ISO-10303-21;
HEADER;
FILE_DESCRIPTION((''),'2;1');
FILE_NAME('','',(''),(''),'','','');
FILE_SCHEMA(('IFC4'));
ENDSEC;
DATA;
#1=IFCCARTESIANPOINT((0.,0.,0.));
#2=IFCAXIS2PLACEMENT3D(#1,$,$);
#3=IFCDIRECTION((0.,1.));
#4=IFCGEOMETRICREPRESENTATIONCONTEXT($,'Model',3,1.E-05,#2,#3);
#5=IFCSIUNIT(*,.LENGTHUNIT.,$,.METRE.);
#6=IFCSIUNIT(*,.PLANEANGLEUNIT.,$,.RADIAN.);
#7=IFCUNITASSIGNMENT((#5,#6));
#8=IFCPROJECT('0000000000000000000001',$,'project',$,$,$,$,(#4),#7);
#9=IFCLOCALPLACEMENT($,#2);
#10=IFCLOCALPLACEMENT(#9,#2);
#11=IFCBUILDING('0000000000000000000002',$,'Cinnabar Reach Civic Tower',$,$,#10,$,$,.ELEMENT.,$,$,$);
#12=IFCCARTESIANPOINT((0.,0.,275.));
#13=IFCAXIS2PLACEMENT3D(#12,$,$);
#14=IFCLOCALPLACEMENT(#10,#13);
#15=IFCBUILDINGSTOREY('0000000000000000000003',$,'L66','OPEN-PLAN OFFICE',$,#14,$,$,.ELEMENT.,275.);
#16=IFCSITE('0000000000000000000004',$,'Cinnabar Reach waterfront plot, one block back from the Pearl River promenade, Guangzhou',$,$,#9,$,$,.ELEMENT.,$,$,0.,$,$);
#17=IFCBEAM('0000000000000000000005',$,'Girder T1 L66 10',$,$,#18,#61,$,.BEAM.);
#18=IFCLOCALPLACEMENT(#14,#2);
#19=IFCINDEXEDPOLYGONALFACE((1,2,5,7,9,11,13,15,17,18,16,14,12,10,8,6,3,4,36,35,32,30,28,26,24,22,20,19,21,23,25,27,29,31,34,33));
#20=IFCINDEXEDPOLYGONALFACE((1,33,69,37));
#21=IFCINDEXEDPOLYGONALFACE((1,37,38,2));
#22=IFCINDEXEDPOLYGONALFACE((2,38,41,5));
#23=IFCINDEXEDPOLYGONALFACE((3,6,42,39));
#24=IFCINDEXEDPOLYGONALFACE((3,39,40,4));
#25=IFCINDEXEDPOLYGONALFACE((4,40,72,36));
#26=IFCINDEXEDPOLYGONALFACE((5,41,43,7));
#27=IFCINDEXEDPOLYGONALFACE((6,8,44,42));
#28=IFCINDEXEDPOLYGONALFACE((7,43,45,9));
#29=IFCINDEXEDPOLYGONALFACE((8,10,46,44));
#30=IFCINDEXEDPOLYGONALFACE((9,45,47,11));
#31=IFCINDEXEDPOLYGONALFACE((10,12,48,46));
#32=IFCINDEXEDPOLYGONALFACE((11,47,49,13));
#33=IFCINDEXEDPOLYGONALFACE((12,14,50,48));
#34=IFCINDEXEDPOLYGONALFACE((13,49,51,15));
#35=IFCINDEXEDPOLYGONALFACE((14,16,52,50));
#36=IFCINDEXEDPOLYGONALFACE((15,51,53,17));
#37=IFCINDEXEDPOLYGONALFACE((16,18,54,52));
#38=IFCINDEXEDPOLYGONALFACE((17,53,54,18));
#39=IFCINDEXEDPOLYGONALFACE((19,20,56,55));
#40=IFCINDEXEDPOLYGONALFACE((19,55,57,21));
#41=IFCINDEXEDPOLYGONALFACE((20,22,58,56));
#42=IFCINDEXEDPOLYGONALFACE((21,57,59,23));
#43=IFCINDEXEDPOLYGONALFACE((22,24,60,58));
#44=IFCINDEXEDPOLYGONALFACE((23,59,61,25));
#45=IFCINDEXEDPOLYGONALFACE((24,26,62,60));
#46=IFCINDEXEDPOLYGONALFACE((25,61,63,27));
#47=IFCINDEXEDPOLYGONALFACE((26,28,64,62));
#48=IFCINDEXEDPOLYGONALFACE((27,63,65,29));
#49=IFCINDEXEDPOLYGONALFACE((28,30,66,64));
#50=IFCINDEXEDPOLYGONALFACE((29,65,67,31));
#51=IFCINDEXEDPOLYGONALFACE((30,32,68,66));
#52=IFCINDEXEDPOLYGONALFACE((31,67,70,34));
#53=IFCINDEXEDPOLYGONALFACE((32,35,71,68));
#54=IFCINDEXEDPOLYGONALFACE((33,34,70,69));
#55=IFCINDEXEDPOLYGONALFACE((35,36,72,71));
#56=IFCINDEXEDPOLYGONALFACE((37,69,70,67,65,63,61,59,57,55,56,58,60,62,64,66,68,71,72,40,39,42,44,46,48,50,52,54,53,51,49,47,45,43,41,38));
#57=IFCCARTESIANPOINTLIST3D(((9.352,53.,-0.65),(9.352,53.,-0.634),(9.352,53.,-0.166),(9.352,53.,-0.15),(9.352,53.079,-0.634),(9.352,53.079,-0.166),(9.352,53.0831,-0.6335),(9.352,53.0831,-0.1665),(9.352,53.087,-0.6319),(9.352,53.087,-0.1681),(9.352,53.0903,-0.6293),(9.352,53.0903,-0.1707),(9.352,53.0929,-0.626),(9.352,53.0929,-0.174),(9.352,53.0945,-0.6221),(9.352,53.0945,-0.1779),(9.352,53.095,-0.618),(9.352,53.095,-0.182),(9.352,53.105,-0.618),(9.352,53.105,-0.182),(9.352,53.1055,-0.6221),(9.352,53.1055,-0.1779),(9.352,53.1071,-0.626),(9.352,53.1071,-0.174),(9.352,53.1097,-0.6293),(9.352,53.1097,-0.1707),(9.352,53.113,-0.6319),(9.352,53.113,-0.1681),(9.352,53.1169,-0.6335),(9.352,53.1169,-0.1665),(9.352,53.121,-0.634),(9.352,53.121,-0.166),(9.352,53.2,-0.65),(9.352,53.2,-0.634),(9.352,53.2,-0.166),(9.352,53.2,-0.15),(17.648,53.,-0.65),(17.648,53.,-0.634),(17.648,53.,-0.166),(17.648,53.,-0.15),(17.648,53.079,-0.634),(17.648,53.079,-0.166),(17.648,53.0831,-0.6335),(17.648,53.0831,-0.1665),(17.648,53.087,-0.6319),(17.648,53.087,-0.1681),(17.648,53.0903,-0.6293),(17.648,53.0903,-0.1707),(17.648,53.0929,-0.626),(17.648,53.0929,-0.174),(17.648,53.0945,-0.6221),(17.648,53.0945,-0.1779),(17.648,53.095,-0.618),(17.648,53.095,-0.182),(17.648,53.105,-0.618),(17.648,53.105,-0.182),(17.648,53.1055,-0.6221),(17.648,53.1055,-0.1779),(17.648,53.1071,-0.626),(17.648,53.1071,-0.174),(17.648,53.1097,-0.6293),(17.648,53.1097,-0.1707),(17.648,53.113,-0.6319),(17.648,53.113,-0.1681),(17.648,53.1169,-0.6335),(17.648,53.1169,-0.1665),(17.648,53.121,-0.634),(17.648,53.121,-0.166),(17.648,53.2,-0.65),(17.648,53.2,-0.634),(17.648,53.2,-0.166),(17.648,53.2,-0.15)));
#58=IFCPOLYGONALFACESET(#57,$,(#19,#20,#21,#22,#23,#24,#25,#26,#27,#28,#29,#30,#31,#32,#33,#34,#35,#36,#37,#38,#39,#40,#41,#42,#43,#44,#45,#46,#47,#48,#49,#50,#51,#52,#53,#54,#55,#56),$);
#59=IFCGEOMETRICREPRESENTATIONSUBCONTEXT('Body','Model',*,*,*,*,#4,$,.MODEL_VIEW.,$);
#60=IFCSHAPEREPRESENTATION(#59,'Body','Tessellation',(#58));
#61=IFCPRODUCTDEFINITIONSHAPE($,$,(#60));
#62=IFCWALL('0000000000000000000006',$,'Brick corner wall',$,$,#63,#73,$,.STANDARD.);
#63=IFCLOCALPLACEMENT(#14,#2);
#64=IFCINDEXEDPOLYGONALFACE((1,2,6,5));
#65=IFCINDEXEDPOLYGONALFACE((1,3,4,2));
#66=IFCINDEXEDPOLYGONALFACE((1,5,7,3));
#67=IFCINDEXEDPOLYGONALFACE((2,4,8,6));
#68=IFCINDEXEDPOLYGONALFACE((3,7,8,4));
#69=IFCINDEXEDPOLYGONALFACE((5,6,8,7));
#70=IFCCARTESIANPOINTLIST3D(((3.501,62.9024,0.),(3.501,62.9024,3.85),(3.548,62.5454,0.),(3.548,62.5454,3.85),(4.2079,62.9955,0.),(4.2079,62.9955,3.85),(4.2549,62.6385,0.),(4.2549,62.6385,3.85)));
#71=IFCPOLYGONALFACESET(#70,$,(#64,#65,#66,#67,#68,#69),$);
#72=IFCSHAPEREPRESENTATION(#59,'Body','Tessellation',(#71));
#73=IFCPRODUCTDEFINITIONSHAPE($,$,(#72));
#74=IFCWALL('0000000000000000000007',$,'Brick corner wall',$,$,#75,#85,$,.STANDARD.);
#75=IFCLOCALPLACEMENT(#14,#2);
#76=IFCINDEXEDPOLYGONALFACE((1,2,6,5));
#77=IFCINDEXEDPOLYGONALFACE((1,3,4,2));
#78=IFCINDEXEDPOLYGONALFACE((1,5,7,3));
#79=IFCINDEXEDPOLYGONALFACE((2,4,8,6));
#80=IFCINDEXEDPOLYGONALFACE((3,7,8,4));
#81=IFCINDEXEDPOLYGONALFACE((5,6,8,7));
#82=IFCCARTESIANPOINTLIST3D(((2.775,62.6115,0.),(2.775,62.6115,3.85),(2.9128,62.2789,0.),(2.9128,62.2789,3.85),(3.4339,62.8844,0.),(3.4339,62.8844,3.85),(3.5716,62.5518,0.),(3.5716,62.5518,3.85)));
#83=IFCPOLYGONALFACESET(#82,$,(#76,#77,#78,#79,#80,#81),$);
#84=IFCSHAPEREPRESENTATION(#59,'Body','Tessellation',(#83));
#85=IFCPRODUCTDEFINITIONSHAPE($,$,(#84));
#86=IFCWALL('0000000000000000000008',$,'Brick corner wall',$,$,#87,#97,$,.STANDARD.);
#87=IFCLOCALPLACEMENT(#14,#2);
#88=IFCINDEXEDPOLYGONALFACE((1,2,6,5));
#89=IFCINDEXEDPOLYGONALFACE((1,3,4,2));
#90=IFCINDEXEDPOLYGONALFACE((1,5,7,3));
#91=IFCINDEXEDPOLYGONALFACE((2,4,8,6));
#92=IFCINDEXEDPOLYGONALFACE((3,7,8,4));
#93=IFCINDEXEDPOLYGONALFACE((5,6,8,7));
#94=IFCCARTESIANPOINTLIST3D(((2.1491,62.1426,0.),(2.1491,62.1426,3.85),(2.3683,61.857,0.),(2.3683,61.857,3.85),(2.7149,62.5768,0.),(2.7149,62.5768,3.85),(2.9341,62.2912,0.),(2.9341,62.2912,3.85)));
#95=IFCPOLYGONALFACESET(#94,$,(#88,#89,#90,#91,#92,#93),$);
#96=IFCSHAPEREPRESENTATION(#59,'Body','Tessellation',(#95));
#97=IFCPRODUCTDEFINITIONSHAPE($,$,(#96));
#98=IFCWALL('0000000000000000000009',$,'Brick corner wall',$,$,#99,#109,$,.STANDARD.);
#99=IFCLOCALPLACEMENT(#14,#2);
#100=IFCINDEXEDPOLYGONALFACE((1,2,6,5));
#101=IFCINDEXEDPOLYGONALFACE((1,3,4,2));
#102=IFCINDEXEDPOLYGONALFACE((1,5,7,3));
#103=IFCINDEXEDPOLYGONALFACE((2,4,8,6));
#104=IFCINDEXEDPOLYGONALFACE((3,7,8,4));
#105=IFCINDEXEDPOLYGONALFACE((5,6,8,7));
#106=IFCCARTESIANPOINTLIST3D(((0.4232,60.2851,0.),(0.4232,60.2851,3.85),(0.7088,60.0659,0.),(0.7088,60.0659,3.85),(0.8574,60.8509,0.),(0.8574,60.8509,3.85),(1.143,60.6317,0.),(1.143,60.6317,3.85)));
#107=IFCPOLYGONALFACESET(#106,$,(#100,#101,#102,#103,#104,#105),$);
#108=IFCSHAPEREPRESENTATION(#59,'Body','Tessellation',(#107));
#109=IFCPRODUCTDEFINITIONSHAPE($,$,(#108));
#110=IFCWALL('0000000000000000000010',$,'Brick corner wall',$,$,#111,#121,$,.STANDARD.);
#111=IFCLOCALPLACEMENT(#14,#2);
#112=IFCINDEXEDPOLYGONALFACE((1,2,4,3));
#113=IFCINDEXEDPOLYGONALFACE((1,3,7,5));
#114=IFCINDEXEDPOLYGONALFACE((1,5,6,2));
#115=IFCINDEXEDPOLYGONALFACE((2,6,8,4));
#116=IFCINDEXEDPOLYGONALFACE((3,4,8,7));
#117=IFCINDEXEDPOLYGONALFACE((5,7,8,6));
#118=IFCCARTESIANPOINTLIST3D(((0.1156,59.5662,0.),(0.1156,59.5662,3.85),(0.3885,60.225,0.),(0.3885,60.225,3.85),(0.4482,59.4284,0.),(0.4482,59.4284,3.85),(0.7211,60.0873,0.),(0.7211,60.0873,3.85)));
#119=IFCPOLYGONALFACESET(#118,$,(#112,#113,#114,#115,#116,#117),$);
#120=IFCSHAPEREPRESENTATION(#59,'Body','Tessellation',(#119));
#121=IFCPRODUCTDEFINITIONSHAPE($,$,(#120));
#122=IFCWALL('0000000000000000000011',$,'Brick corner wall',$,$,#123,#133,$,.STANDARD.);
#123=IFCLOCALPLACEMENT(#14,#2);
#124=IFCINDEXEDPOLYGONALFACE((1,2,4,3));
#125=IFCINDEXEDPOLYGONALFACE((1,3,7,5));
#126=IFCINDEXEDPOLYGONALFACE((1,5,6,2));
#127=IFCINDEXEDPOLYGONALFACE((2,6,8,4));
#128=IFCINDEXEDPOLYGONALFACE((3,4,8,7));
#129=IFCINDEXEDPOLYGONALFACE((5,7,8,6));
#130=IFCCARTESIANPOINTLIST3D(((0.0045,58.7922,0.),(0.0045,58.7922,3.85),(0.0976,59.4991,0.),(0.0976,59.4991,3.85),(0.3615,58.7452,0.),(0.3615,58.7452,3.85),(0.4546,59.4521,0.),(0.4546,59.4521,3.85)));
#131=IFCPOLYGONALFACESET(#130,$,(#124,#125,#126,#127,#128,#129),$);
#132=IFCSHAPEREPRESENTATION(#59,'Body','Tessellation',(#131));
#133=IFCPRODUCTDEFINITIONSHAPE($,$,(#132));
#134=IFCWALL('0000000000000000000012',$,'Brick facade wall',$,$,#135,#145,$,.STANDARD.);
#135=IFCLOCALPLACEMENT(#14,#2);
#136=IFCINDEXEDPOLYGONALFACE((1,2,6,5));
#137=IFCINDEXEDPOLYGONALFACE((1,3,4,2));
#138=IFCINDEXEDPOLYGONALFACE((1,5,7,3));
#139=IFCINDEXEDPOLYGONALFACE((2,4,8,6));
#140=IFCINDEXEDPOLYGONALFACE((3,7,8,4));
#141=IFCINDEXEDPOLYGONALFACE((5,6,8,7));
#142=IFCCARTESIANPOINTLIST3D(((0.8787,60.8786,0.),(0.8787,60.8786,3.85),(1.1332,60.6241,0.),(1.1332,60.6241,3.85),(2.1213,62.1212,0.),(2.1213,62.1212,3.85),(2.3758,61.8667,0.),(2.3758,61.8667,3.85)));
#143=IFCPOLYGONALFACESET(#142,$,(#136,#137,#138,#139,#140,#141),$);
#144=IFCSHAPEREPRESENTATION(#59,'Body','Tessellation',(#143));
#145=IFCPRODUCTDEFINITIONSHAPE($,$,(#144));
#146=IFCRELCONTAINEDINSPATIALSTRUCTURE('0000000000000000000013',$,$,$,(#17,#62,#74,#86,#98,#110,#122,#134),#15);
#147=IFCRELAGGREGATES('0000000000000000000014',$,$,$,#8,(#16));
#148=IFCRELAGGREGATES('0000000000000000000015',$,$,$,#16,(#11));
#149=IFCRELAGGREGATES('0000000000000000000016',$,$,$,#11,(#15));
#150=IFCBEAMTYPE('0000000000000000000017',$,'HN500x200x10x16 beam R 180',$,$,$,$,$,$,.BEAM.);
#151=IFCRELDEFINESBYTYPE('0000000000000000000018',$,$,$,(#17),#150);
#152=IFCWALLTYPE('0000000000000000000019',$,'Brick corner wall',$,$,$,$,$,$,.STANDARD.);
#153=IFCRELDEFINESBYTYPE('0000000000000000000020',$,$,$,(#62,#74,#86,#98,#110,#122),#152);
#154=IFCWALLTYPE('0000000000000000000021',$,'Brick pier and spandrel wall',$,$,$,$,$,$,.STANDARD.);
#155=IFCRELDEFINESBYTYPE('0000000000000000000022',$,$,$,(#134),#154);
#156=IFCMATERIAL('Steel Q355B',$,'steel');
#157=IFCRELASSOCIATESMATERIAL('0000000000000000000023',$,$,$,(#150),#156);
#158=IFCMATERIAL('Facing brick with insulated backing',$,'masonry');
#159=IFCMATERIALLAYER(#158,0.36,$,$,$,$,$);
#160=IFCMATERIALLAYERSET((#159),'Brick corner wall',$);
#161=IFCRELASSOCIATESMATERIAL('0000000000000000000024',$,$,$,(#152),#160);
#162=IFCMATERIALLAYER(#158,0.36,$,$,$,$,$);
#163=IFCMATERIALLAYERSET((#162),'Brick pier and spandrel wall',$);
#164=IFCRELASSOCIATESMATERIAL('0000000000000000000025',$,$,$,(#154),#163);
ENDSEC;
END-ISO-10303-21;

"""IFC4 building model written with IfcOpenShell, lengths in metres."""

from ifc_helpers import new_model, si_unit, direction, frame, frame_2d, origin, origin_2d, place, context, subcontext, project, spatial, rectangle, i_section, extrude, material, layer, layer_set, material_profile, profile_set, type_object, element, save


model = new_model("IFC4")

# Units and contexts
model_context = context("Model", 3, precision=1e-05, world=origin(), true_north=direction((0.0, 1.0)))
body_context = subcontext(model_context, "Body", "Model", "MODEL_VIEW")
ifc_project = project(units=[si_unit("LENGTHUNIT", "METRE"), si_unit("PLANEANGLEUNIT", "RADIAN")], contexts=[model_context])

# Site, building, storey
site_placement = place(None, origin())
site = spatial("IfcSite", under=ifc_project, at=site_placement, Name="Cinnabar Reach waterfront plot, one block back from the Pearl River promenade, Guangzhou", CompositionType="ELEMENT", RefElevation=0.0)
building_placement = place(site_placement, origin())
building = spatial("IfcBuilding", under=site, at=building_placement, Name="Cinnabar Reach Civic Tower", CompositionType="ELEMENT")
storey_placement = place(building_placement, frame((0.0, 0.0, 275.0)))
storey = spatial("IfcBuildingStorey", under=building, at=storey_placement, Name="L66", Description="OPEN-PLAN OFFICE", CompositionType="ELEMENT", Elevation=275.0)

# Beam
ifc_material_1 = material(Name="Steel Q355B", Category="steel")
ifc_material_profile_1 = material_profile(ifc_material_1, i_section(OverallWidth=0.2, OverallDepth=0.5, WebThickness=0.01, FlangeThickness=0.016, FilletRadius=0.016, at=origin_2d()), Name="HN500x200x10x16")
ifc_profile_set_1 = profile_set([ifc_material_profile_1], Name="Steel Q355B")
beam_type_1 = type_object("IfcBeamType", Name="HN500x200x10x16 beam R 180", PredefinedType="BEAM", material=ifc_profile_set_1)
beam_1_placement = place(storey_placement, frame((9.352, 53.1, -0.4), z_axis=(1.0, 0.0, 0.0), x_axis=(0.0, 1.0, 0.0)))
element("IfcBeam", 1, at=beam_1_placement, inside=storey, type_object=beam_type_1, Name="Girder T1 L66 10", PredefinedType="BEAM", context=body_context, shape_type="SweptSolid", body=[
    extrude(i_section(OverallWidth=0.2, OverallDepth=0.5, WebThickness=0.01, FlangeThickness=0.016, FilletRadius=0.016, at=origin_2d()), origin(), (0.0, 0.0, 1.0), 8.296),
])

# Walls
ifc_material_2 = material(Name="Facing brick with insulated backing", Category="masonry")
ifc_layer_1 = layer(ifc_material_2, 0.36)
ifc_layer_set_1 = layer_set([ifc_layer_1], Name="Brick corner wall")
wall_type_1 = type_object("IfcWallType", Name="Brick corner wall", PredefinedType="STANDARD", material=ifc_layer_set_1)
for number, where, z_axis, x_axis, name in (
    (2, (4.2314, 62.817, 0.0), (0.0, 0.0, 1.0), (-0.991441, -0.130556, 0.0), "Brick corner wall"),
    (3, (3.5027, 62.7181, 0.0), (0.0, 0.0, 1.0), (-0.923872, -0.382703, 0.0), "Brick corner wall"),
):
    element("IfcWall", number, at=place(storey_placement, frame(where, z_axis=z_axis, x_axis=x_axis)), inside=storey, type_object=wall_type_1, Name=name, PredefinedType="STANDARD", context=body_context, shape_type="SweptSolid", body=[
        extrude(rectangle(XDim=0.7131, YDim=0.36, at=frame_2d((0.3565, 0.0))), origin(), (0.0, 0.0, 1.0), 3.85),
    ])
for number, where, z_axis, x_axis, name in (
    (4, (2.8245, 62.434, 0.0), (0.0, 0.0, 1.0), (-0.793322, -0.608802, 0.0), "Brick corner wall"),
    (5, (1.0002, 60.7413, 0.0), (0.0, 0.0, 1.0), (-0.608802, -0.793322, 0.0), "Brick corner wall"),
):
    element("IfcWall", number, at=place(storey_placement, frame(where, z_axis=z_axis, x_axis=x_axis)), inside=storey, type_object=wall_type_1, Name=name, PredefinedType="STANDARD", context=body_context, shape_type="SweptSolid", body=[
        extrude(rectangle(XDim=0.7132, YDim=0.36, at=frame_2d((0.3566, 0.0))), origin(), (0.0, 0.0, 1.0), 3.85),
    ])
for number, where, z_axis, x_axis, name in (
    (6, (0.5548, 60.1561, 0.0), (0.0, 0.0, 1.0), (-0.382703, -0.923872, 0.0), "Brick corner wall"),
    (7, (0.2761, 59.4756, 0.0), (0.0, 0.0, 1.0), (-0.130556, -0.991441, 0.0), "Brick corner wall"),
):
    element("IfcWall", number, at=place(storey_placement, frame(where, z_axis=z_axis, x_axis=x_axis)), inside=storey, type_object=wall_type_1, Name=name, PredefinedType="STANDARD", context=body_context, shape_type="SweptSolid", body=[
        extrude(rectangle(XDim=0.7131, YDim=0.36, at=frame_2d((0.3565, 0.0))), origin(), (0.0, 0.0, 1.0), 3.85),
    ])
ifc_layer_2 = layer(ifc_material_2, 0.36)
ifc_layer_set_2 = layer_set([ifc_layer_2], Name="Brick pier and spandrel wall")
wall_type_2 = type_object("IfcWallType", Name="Brick pier and spandrel wall", PredefinedType="STANDARD", material=ifc_layer_set_2)
wall_1_placement = place(storey_placement, frame((2.2486, 61.994, 0.0), z_axis=(0.0, 0.0, 1.0), x_axis=(-0.707107, -0.707107, 0.0)))
element("IfcWall", 8, at=wall_1_placement, inside=storey, type_object=wall_type_2, Name="Brick facade wall", PredefinedType="STANDARD", context=body_context, shape_type="SweptSolid", body=[
    extrude(rectangle(XDim=1.7573, YDim=0.36, at=frame_2d((0.8787, 0.0))), origin(), (0.0, 0.0, 1.0), 3.85),
])

save(model, "model.ifc")
